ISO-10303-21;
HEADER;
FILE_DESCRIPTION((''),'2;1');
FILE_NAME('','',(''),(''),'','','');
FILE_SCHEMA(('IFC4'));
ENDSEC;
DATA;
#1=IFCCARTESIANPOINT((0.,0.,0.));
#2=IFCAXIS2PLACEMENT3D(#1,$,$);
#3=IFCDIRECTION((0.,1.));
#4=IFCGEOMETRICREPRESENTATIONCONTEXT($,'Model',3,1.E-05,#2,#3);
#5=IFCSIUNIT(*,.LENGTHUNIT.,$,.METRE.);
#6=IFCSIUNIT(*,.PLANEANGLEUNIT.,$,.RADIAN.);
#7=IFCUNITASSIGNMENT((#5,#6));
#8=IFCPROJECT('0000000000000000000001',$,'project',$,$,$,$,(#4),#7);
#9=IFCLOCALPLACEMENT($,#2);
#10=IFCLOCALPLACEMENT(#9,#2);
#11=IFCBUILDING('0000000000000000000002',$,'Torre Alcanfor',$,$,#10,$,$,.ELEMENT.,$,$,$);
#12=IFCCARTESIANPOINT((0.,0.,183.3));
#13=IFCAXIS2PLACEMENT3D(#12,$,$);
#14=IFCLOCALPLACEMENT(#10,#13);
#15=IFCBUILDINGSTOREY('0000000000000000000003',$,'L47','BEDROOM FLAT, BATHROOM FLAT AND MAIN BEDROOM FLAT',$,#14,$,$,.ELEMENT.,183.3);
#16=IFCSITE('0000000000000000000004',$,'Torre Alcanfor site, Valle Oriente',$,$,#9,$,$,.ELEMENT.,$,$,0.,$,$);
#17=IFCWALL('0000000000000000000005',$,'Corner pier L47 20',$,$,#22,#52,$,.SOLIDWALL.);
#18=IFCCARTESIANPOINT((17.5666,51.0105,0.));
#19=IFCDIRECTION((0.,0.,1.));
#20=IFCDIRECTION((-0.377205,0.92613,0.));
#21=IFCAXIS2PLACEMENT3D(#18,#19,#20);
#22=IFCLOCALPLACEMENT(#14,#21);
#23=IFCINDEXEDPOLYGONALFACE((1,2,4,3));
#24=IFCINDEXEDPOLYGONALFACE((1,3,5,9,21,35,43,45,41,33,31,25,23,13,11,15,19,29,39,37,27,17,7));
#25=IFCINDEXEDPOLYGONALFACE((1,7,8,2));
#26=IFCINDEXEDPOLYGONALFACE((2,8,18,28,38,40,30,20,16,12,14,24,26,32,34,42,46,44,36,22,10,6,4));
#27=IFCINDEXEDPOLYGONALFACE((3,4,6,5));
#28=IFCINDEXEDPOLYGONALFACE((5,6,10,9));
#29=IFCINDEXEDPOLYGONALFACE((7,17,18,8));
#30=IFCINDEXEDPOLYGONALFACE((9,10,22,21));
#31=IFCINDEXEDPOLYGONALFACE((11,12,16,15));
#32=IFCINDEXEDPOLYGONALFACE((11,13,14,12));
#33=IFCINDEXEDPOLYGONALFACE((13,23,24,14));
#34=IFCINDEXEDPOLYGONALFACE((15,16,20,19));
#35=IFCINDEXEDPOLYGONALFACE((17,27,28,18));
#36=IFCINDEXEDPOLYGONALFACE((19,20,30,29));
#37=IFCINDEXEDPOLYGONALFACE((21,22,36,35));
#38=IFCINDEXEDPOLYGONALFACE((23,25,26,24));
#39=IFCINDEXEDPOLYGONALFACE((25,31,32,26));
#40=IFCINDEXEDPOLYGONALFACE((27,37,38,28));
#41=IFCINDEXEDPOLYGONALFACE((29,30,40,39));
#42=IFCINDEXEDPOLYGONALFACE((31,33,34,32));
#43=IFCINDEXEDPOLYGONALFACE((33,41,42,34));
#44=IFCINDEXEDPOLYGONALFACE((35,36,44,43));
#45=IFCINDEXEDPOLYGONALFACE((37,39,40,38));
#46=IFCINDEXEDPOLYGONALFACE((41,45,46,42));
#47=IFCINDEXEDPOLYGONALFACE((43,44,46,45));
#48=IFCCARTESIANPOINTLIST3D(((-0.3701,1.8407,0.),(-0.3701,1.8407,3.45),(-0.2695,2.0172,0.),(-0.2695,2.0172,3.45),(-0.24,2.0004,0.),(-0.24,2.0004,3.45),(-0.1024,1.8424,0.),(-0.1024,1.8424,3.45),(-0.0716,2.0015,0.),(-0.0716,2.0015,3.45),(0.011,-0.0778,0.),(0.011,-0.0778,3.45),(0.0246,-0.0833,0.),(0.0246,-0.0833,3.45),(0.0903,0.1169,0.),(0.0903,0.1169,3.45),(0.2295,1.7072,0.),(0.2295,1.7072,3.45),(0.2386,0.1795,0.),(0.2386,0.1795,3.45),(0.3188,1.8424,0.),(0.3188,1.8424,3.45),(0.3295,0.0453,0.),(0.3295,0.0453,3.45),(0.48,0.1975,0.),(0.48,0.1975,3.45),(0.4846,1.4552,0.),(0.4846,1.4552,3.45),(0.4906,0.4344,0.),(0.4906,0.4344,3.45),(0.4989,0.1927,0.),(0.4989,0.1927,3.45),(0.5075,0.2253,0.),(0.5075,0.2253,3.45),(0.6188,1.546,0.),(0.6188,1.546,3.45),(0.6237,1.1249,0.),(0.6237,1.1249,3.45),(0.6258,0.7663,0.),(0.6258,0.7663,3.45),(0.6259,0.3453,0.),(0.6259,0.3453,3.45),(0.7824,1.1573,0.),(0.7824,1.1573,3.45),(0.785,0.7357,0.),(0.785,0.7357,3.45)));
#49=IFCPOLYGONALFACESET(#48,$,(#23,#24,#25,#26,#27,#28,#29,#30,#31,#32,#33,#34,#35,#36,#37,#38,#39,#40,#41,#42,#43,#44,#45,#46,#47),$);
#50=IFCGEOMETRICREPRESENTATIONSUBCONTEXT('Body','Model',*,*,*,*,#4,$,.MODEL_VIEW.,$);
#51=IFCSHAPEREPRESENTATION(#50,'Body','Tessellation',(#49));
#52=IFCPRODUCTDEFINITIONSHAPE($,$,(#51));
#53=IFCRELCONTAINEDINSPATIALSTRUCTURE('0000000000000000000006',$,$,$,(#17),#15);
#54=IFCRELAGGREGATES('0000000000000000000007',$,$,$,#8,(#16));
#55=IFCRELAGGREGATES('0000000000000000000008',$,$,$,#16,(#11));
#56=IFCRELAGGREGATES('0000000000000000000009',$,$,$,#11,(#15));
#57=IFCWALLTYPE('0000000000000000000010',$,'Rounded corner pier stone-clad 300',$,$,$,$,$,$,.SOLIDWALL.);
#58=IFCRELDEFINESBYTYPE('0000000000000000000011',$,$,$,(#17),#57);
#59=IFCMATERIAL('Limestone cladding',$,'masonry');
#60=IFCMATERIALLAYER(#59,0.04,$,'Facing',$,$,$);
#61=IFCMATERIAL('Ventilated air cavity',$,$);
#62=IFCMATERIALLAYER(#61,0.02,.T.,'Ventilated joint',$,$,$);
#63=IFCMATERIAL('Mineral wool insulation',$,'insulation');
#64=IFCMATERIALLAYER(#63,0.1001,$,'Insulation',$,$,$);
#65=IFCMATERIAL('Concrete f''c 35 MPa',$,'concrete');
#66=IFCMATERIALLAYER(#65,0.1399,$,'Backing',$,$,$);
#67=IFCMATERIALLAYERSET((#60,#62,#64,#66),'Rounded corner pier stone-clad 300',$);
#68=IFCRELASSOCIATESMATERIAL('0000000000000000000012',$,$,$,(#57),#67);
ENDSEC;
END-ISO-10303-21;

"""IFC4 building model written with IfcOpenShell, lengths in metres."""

from ifc_helpers import new_model, si_unit, direction, frame, origin, place, context, subcontext, project, spatial, polyline, outline, extrude, material, layer, layer_set, type_object, element, save


model = new_model("IFC4")

# Units and contexts
model_context = context("Model", 3, precision=1e-05, world=origin(), true_north=direction((0.0, 1.0)))
body_context = subcontext(model_context, "Body", "Model", "MODEL_VIEW")
ifc_project = project(units=[si_unit("LENGTHUNIT", "METRE"), si_unit("PLANEANGLEUNIT", "RADIAN")], contexts=[model_context])

# Site, building, storey
site_placement = place(None, origin())
site = spatial("IfcSite", under=ifc_project, at=site_placement, Name="Torre Alcanfor site, Valle Oriente", CompositionType="ELEMENT", RefElevation=0.0)
building_placement = place(site_placement, origin())
building = spatial("IfcBuilding", under=site, at=building_placement, Name="Torre Alcanfor", CompositionType="ELEMENT")
storey_placement = place(building_placement, frame((0.0, 0.0, 183.3)))
storey = spatial("IfcBuildingStorey", under=building, at=storey_placement, Name="L47", Description="BEDROOM FLAT, BATHROOM FLAT AND MAIN BEDROOM FLAT", CompositionType="ELEMENT", Elevation=183.3)

# Shared definitions
ifc_material_1 = material(Name="Limestone cladding", Category="masonry")
ifc_material_2 = material(Name="Ventilated air cavity")
ifc_material_3 = material(Name="Mineral wool insulation", Category="insulation")
ifc_material_4 = material(Name="Concrete f'c 35 MPa", Category="concrete")

# Wall
ifc_layer_1 = layer(ifc_material_1, 0.04, Name="Facing")
ifc_layer_2 = layer(ifc_material_2, 0.02, ventilated=True, Name="Ventilated joint")
ifc_layer_3 = layer(ifc_material_3, 0.1001, Name="Insulation")
ifc_layer_4 = layer(ifc_material_4, 0.1399, Name="Backing")
ifc_layer_set_1 = layer_set([ifc_layer_1, ifc_layer_2, ifc_layer_3, ifc_layer_4], Name="Rounded corner pier stone-clad 300")
wall_type_1 = type_object("IfcWallType", Name="Rounded corner pier stone-clad 300", PredefinedType="SOLIDWALL", material=ifc_layer_set_1)
wall_1_placement = place(storey_placement, frame((17.5666, 51.0105, 0.0), z_axis=(0.0, 0.0, 1.0), x_axis=(-0.377205, 0.92613, 0.0)))
element("IfcWall", 1, at=wall_1_placement, inside=storey, type_object=wall_type_1, Name="Corner pier L47 20", PredefinedType="SOLIDWALL", context=body_context, shape_type="SweptSolid", body=[
    extrude(outline(polyline([(-0.2695, 2.0172), (-0.3701, 1.8407), (-0.1024, 1.8424), (0.2295, 1.7072), (0.4846, 1.4552), (0.6237, 1.1249), (0.6258, 0.7663), (0.4906, 0.4344), (0.2386, 0.1795), (0.0903, 0.1169), (0.011, -0.0778), (0.0246, -0.0833), (0.3295, 0.0453), (0.48, 0.1975), (0.4989, 0.1927), (0.5075, 0.2253), (0.6259, 0.3453), (0.785, 0.7357), (0.7824, 1.1573), (0.6188, 1.546), (0.3188, 1.8424), (-0.0716, 2.0015), (-0.24, 2.0004), (-0.2695, 2.0172)])), origin(), (0.0, 0.0, 1.0), 3.45),
])

save(model, "model.ifc")
